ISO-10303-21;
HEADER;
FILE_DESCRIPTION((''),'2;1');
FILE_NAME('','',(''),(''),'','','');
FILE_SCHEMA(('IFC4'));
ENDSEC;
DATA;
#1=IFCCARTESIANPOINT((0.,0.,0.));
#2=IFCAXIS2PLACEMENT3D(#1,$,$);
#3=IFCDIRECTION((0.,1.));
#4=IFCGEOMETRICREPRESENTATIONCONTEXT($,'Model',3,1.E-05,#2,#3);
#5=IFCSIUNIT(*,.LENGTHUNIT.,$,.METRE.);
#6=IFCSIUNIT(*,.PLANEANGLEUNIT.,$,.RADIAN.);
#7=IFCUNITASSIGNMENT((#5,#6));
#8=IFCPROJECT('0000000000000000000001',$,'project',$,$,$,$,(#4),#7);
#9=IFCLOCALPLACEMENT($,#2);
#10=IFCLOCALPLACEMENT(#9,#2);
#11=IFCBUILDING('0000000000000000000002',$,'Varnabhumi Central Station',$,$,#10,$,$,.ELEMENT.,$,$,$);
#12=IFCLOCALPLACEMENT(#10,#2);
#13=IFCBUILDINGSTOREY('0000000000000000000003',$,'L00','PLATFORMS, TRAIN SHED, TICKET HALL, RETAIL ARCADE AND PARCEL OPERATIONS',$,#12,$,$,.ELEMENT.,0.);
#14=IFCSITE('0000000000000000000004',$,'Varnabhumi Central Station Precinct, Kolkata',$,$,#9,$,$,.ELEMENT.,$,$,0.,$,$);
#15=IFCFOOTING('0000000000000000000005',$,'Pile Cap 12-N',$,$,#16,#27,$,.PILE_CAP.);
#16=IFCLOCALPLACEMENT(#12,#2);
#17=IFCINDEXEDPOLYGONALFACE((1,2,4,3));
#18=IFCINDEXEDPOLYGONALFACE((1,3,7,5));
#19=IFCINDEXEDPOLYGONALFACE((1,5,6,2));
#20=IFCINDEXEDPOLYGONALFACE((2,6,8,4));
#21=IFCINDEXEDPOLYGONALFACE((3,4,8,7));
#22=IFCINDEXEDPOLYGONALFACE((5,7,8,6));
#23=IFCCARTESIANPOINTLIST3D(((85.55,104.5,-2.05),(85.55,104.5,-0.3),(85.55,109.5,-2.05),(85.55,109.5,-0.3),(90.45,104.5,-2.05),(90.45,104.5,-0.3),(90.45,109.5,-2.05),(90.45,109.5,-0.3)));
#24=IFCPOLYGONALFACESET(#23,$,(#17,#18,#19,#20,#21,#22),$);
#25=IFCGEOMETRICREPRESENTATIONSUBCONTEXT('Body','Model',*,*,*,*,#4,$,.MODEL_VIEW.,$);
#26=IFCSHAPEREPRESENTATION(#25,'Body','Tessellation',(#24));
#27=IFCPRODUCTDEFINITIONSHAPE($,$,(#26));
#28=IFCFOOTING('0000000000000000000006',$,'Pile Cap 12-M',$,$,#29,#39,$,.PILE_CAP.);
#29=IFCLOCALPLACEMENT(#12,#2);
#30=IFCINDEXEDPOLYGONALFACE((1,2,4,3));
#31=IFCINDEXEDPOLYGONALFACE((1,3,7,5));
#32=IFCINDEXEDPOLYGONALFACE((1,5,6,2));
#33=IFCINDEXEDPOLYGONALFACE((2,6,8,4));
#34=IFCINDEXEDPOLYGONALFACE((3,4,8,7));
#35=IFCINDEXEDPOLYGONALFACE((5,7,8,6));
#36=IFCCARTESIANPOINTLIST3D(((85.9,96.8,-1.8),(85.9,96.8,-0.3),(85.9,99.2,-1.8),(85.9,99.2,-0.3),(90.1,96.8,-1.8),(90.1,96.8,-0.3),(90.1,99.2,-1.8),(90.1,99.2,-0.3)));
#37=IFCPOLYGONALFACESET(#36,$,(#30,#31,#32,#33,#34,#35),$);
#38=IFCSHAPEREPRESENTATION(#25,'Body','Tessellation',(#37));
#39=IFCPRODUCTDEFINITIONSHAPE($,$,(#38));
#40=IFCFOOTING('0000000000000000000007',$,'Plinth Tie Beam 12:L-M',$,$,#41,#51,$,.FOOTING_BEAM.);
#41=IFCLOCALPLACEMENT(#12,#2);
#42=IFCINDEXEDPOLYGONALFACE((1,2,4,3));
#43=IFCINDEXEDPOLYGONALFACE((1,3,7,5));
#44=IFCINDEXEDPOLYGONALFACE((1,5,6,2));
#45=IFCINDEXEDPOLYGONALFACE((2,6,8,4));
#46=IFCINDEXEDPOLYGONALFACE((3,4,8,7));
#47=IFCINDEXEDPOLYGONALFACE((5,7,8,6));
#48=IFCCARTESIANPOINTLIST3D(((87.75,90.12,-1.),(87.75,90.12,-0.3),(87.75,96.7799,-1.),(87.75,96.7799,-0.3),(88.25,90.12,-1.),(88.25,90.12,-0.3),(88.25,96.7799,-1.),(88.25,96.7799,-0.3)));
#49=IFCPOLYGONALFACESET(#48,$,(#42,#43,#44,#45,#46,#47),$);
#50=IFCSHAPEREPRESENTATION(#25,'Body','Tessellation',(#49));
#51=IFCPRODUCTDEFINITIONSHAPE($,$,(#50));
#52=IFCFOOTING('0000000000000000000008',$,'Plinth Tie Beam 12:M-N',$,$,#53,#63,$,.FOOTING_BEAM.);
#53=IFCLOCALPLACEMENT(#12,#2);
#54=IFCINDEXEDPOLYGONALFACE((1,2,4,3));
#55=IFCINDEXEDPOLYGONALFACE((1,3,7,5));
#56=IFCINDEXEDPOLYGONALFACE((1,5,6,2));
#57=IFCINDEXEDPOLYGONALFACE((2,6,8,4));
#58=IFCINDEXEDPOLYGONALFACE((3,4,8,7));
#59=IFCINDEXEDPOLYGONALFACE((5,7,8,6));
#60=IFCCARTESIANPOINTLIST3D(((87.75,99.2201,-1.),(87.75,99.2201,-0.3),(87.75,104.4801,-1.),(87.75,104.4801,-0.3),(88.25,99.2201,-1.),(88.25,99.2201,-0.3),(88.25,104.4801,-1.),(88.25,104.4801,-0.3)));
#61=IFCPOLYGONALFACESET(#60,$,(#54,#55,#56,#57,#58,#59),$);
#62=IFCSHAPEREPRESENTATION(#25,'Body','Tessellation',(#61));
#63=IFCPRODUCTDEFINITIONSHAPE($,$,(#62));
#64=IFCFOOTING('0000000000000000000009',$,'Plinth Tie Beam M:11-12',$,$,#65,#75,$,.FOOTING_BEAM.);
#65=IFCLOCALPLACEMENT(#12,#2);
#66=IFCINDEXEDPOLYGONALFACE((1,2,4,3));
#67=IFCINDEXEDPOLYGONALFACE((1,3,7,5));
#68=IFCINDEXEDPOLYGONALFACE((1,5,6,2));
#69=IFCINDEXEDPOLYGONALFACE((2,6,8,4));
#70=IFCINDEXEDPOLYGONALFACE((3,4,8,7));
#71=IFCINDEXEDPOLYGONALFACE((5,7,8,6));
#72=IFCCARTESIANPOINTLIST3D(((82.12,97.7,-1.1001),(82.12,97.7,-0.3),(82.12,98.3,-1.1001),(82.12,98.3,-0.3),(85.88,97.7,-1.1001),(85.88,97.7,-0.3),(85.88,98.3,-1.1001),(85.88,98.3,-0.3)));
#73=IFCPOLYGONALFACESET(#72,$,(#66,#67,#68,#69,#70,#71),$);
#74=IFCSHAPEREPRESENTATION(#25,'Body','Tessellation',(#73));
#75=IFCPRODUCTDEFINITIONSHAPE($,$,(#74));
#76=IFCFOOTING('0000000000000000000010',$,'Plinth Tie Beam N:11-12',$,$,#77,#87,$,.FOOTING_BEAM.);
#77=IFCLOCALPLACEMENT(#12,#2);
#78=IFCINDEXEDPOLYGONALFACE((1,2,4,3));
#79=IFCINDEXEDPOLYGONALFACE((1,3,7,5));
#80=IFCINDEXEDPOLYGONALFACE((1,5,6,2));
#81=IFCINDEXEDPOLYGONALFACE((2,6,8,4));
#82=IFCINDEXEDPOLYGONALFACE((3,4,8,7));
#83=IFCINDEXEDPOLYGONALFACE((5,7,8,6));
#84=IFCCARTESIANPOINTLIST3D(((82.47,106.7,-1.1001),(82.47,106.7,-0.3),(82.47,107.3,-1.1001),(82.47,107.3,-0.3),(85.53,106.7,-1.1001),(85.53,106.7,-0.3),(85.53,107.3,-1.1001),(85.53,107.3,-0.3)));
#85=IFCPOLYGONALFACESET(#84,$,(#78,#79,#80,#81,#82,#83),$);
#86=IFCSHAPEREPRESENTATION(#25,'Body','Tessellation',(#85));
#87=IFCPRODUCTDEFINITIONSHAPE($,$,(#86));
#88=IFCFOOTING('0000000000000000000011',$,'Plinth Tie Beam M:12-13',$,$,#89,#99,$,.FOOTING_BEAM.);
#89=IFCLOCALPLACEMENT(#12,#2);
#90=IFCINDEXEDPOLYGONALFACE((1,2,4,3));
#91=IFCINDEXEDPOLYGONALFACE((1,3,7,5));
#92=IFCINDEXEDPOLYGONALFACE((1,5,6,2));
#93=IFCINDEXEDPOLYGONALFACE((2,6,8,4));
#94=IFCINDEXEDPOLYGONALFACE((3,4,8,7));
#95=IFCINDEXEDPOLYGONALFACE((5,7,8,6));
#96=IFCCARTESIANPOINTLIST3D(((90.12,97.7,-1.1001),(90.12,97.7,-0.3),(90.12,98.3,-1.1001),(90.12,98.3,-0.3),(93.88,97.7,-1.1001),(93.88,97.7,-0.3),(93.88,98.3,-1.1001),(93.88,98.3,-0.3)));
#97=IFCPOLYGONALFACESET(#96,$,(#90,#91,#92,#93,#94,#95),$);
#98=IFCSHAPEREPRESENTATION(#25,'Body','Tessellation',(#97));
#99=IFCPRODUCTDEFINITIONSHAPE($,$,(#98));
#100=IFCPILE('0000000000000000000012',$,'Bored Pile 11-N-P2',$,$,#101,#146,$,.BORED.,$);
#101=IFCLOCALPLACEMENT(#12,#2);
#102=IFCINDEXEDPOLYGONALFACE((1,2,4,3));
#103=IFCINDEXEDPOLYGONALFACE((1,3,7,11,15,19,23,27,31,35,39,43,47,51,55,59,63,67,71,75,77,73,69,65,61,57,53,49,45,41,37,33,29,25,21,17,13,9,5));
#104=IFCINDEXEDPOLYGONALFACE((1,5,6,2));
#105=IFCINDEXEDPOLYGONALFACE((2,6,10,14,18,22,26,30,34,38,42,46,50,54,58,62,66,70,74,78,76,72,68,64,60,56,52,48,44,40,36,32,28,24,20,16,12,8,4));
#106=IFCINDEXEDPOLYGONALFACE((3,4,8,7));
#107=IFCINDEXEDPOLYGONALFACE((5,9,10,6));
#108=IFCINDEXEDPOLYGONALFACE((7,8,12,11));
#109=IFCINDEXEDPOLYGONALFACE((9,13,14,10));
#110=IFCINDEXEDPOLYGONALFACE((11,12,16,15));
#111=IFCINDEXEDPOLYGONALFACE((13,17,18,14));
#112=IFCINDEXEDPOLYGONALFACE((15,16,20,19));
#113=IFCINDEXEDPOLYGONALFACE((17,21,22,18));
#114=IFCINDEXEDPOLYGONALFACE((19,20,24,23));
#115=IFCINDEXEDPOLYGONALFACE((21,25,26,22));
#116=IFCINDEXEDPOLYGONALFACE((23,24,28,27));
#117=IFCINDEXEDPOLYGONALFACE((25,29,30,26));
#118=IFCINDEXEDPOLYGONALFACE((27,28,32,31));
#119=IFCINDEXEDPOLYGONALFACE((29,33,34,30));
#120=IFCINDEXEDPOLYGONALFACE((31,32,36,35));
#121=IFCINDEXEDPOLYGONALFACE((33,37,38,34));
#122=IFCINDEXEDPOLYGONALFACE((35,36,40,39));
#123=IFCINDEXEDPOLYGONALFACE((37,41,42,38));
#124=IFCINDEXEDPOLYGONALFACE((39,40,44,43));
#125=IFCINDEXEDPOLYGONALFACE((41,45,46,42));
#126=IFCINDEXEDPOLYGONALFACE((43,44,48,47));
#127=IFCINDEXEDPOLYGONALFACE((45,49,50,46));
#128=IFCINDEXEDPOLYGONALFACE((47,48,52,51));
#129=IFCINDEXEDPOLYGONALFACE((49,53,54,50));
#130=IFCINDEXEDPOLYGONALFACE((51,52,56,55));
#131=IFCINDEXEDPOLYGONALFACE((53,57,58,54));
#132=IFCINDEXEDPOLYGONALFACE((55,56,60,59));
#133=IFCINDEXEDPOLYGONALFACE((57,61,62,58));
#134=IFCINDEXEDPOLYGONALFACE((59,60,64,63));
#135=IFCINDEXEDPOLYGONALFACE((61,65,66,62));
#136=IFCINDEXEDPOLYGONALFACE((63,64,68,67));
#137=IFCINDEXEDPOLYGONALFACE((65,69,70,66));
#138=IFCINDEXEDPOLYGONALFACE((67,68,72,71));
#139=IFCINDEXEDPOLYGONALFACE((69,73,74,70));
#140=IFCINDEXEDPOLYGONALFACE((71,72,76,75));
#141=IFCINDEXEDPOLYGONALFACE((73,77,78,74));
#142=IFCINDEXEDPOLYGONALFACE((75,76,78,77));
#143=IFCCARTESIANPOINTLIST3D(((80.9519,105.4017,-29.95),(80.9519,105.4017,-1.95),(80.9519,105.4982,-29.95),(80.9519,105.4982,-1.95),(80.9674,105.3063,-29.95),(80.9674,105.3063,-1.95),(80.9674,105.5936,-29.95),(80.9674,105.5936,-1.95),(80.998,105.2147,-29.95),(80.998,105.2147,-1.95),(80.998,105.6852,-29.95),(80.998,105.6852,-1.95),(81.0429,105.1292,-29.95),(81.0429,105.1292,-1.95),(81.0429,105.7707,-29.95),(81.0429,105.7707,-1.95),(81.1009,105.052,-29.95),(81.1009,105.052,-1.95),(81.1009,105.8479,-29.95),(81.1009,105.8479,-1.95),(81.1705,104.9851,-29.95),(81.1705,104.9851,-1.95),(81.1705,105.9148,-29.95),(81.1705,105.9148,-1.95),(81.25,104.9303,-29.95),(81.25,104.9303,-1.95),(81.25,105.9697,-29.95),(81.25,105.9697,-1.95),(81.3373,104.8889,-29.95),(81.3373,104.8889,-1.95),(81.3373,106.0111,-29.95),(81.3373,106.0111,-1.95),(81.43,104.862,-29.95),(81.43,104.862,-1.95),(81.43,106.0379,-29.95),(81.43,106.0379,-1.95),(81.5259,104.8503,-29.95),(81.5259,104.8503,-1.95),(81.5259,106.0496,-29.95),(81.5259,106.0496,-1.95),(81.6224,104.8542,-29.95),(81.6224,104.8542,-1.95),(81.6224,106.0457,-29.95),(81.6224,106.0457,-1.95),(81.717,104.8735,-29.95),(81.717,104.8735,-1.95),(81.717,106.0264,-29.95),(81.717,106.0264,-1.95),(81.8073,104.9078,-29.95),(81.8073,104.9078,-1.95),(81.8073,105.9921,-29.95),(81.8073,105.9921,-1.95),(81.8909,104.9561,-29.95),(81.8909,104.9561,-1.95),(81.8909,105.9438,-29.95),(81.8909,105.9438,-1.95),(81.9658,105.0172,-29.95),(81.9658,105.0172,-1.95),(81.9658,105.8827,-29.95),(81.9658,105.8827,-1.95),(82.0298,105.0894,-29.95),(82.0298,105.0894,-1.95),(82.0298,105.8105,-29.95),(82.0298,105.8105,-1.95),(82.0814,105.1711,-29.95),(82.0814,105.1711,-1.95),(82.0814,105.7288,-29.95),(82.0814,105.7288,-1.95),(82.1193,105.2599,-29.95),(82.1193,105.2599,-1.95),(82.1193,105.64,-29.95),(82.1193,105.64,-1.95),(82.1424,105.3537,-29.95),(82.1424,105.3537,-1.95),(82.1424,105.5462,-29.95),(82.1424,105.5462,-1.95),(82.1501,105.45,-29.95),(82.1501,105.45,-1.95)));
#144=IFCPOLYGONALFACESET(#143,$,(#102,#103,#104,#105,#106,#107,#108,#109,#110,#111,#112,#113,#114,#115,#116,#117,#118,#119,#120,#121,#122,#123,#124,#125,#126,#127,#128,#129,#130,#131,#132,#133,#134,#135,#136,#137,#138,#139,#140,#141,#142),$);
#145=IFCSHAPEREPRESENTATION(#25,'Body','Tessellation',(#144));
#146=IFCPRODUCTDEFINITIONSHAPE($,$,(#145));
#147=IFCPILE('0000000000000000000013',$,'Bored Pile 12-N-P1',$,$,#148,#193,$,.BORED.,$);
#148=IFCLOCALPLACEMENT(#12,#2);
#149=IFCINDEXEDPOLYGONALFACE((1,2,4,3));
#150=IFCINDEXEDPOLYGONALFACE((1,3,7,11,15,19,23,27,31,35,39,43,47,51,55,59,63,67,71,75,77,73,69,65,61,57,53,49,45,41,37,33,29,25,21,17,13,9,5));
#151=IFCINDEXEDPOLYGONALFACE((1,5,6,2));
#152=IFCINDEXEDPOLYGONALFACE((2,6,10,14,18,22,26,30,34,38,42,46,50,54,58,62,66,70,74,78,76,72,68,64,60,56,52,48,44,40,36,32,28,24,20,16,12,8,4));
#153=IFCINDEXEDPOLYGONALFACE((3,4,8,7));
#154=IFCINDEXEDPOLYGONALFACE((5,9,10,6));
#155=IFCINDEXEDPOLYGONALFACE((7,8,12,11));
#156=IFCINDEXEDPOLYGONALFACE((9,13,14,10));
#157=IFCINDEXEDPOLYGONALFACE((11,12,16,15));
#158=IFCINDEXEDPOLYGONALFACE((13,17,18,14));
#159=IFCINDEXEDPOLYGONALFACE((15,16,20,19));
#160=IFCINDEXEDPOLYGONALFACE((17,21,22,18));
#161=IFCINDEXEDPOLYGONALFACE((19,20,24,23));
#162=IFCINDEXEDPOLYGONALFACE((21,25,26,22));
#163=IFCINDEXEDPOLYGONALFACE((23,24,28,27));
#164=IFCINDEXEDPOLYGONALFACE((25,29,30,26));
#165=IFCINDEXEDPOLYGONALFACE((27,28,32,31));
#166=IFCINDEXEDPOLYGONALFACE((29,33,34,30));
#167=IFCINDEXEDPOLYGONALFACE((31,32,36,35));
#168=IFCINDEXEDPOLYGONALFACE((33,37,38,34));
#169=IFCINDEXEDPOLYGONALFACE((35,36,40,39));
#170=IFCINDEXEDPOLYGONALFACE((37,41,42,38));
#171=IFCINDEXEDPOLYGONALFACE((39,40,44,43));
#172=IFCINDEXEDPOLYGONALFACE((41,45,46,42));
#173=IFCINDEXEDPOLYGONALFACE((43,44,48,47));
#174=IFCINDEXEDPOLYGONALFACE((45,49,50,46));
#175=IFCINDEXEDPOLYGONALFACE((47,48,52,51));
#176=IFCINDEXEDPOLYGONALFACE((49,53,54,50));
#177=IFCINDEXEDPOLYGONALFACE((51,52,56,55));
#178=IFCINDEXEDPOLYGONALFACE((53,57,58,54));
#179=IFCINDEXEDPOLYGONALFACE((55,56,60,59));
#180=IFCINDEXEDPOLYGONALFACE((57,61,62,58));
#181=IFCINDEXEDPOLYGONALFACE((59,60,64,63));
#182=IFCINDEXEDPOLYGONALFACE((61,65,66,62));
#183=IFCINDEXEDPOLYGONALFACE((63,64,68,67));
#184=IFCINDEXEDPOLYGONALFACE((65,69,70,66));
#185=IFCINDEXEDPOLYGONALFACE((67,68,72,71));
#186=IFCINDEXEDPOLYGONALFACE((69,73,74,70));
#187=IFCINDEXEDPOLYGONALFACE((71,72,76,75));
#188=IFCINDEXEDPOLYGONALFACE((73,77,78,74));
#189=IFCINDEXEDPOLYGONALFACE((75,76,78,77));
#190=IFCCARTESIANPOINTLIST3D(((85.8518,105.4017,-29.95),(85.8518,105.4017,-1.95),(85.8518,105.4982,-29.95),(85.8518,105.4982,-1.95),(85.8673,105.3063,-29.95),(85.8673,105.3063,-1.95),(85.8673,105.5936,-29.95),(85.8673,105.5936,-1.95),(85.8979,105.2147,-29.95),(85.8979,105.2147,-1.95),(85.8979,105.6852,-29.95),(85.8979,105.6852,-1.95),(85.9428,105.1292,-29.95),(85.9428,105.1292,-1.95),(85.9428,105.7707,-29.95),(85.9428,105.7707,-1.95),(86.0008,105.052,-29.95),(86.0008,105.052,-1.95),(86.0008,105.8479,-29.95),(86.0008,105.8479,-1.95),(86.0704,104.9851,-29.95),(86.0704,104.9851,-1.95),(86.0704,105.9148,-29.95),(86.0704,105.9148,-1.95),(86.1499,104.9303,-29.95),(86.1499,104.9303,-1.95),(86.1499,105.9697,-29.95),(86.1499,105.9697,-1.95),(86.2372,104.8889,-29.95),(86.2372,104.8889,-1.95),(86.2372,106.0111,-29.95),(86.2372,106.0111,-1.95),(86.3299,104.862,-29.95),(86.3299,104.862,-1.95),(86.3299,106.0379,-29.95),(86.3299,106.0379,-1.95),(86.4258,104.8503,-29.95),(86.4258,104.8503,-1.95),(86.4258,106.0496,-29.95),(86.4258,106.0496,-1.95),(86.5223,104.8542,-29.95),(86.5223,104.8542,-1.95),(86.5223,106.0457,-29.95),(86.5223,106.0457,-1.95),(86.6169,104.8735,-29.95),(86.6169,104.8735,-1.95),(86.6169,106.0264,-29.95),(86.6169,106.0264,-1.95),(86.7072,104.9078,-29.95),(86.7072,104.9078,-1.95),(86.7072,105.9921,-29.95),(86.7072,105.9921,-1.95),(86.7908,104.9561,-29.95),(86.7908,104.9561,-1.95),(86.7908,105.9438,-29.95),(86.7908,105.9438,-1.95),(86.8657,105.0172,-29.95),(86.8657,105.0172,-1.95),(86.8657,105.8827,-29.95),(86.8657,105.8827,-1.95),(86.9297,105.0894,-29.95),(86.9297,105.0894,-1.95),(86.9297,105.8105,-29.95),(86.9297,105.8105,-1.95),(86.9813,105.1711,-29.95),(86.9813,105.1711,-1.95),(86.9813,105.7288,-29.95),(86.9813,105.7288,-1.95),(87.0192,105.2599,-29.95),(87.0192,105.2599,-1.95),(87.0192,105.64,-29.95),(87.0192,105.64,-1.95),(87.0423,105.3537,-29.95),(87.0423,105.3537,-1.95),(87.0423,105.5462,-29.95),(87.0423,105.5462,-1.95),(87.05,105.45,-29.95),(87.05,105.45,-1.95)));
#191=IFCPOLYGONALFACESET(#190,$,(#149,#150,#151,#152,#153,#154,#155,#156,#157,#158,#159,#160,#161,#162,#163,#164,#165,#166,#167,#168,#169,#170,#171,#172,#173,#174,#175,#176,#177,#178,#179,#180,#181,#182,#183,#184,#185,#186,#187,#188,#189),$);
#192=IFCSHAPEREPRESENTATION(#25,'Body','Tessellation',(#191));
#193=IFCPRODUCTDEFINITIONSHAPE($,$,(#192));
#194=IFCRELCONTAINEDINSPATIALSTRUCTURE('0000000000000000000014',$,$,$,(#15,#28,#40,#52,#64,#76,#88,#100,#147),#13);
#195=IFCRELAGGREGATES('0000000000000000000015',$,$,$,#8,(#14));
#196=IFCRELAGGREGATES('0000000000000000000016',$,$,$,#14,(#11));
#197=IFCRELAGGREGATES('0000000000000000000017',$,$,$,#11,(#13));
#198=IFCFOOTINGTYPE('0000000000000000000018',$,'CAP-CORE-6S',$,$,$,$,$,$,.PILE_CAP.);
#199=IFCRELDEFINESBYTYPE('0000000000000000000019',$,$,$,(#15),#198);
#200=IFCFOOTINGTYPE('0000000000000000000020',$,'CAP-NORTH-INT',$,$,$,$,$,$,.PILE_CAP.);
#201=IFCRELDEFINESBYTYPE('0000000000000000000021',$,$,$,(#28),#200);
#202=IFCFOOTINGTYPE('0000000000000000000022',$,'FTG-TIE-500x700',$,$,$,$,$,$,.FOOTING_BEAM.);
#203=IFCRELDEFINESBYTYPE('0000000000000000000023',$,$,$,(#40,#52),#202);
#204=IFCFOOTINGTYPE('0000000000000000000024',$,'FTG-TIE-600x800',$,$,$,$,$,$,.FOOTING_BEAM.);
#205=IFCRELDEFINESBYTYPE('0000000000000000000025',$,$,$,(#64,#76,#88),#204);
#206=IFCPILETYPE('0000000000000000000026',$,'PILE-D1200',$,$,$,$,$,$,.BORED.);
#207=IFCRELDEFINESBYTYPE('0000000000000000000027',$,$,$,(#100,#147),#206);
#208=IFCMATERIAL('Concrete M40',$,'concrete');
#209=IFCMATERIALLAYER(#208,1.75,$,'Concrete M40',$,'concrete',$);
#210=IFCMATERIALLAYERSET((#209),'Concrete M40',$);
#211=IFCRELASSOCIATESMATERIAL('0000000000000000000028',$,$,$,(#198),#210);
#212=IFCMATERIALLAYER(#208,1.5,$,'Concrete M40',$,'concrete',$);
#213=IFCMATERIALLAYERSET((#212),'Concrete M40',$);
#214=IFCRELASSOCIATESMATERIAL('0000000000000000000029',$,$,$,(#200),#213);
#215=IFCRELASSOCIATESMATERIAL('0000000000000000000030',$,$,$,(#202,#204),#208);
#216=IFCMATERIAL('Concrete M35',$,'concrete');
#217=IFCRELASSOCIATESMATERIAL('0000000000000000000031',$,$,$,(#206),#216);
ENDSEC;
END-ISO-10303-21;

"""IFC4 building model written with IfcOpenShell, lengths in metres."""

from ifc_helpers import new_model, si_unit, direction, frame, origin, origin_2d, place, context, subcontext, project, spatial, rectangle, circle, extrude, material, layer, layer_set, material_profile, profile_set, type_object, element, save


model = new_model("IFC4")

# Units and contexts
model_context = context("Model", 3, precision=1e-05, world=origin(), true_north=direction((0.0, 1.0)))
body_context = subcontext(model_context, "Body", "Model", "MODEL_VIEW")
ifc_project = project(units=[si_unit("LENGTHUNIT", "METRE"), si_unit("PLANEANGLEUNIT", "RADIAN")], contexts=[model_context])

# Site, building, storey
site_placement = place(None, origin())
site = spatial("IfcSite", under=ifc_project, at=site_placement, Name="Varnabhumi Central Station Precinct, Kolkata", CompositionType="ELEMENT", RefElevation=0.0)
building_placement = place(site_placement, origin())
building = spatial("IfcBuilding", under=site, at=building_placement, Name="Varnabhumi Central Station", CompositionType="ELEMENT")
storey_placement = place(building_placement, origin())
storey = spatial("IfcBuildingStorey", under=building, at=storey_placement, Name="L00", Description="PLATFORMS, TRAIN SHED, TICKET HALL, RETAIL ARCADE AND PARCEL OPERATIONS", CompositionType="ELEMENT", Elevation=0.0)

# Footings
ifc_material_1 = material(Name="Concrete M40", Category="concrete")
ifc_layer_1 = layer(ifc_material_1, 1.75, Name="Concrete M40", Category="concrete")
ifc_layer_set_1 = layer_set([ifc_layer_1], Name="Concrete M40")
footing_type_1 = type_object("IfcFootingType", Name="CAP-CORE-6S", PredefinedType="PILE_CAP", material=ifc_layer_set_1)
footing_1_placement = place(storey_placement, frame((88.0, 107.0, -2.05), z_axis=(0.0, 0.0, 1.0), x_axis=(1.0, 0.0, 0.0)))
element("IfcFooting", 1, at=footing_1_placement, inside=storey, type_object=footing_type_1, Name="Pile Cap 12-N", PredefinedType="PILE_CAP", context=body_context, shape_type="SweptSolid", body=[
    extrude(rectangle(XDim=4.8999, YDim=5.0, at=origin_2d()), origin(), (0.0, 0.0, 1.0), 1.75),
])
ifc_layer_2 = layer(ifc_material_1, 1.5, Name="Concrete M40", Category="concrete")
ifc_layer_set_2 = layer_set([ifc_layer_2], Name="Concrete M40")
footing_type_2 = type_object("IfcFootingType", Name="CAP-NORTH-INT", PredefinedType="PILE_CAP", material=ifc_layer_set_2)
footing_2_placement = place(storey_placement, frame((88.0, 98.0, -1.8), z_axis=(0.0, 0.0, 1.0), x_axis=(1.0, 0.0, 0.0)))
element("IfcFooting", 2, at=footing_2_placement, inside=storey, type_object=footing_type_2, Name="Pile Cap 12-M", PredefinedType="PILE_CAP", context=body_context, shape_type="SweptSolid", body=[
    extrude(rectangle(XDim=4.2, YDim=2.3999, at=origin_2d()), origin(), (0.0, 0.0, 1.0), 1.5),
])
footing_type_3 = type_object("IfcFootingType", Name="FTG-TIE-500x700", PredefinedType="FOOTING_BEAM", material=ifc_material_1)
footing_3_placement = place(storey_placement, frame((88.0, 93.45, -1.0), z_axis=(0.0, 0.0, 1.0), x_axis=(1.0, 0.0, 0.0)))
element("IfcFooting", 3, at=footing_3_placement, inside=storey, type_object=footing_type_3, Name="Plinth Tie Beam 12:L-M", PredefinedType="FOOTING_BEAM", context=body_context, shape_type="SweptSolid", body=[
    extrude(rectangle(XDim=0.5, YDim=6.6599, at=origin_2d()), origin(), (0.0, 0.0, 1.0), 0.7),
])
footing_4_placement = place(storey_placement, frame((88.0, 101.8501, -1.0), z_axis=(0.0, 0.0, 1.0), x_axis=(1.0, 0.0, 0.0)))
element("IfcFooting", 4, at=footing_4_placement, inside=storey, type_object=footing_type_3, Name="Plinth Tie Beam 12:M-N", PredefinedType="FOOTING_BEAM", context=body_context, shape_type="SweptSolid", body=[
    extrude(rectangle(XDim=0.5, YDim=5.26, at=origin_2d()), origin(), (0.0, 0.0, 1.0), 0.7),
])
footing_type_4 = type_object("IfcFootingType", Name="FTG-TIE-600x800", PredefinedType="FOOTING_BEAM", material=ifc_material_1)
footing_5_placement = place(storey_placement, frame((84.0, 98.0, -1.1001), z_axis=(0.0, 0.0, 1.0), x_axis=(1.0, 0.0, 0.0)))
element("IfcFooting", 5, at=footing_5_placement, inside=storey, type_object=footing_type_4, Name="Plinth Tie Beam M:11-12", PredefinedType="FOOTING_BEAM", context=body_context, shape_type="SweptSolid", body=[
    extrude(rectangle(XDim=3.76, YDim=0.6001, at=origin_2d()), origin(), (0.0, 0.0, 1.0), 0.8),
])
footing_6_placement = place(storey_placement, frame((84.0, 107.0, -1.1001), z_axis=(0.0, 0.0, 1.0), x_axis=(1.0, 0.0, 0.0)))
element("IfcFooting", 6, at=footing_6_placement, inside=storey, type_object=footing_type_4, Name="Plinth Tie Beam N:11-12", PredefinedType="FOOTING_BEAM", context=body_context, shape_type="SweptSolid", body=[
    extrude(rectangle(XDim=3.0601, YDim=0.6001, at=origin_2d()), origin(), (0.0, 0.0, 1.0), 0.8),
])
footing_7_placement = place(storey_placement, frame((92.0, 98.0, -1.1001), z_axis=(0.0, 0.0, 1.0), x_axis=(1.0, 0.0, 0.0)))
element("IfcFooting", 7, at=footing_7_placement, inside=storey, type_object=footing_type_4, Name="Plinth Tie Beam M:12-13", PredefinedType="FOOTING_BEAM", context=body_context, shape_type="SweptSolid", body=[
    extrude(rectangle(XDim=3.76, YDim=0.6001, at=origin_2d()), origin(), (0.0, 0.0, 1.0), 0.8),
])

# Piles
ifc_material_2 = material(Name="Concrete M35", Category="concrete")
ifc_material_profile_1 = material_profile(ifc_material_2, circle(Radius=0.6001, at=origin_2d()), Name="Concrete M35", Category="concrete")
ifc_profile_set_1 = profile_set([ifc_material_profile_1], Name="Concrete M35")
pile_type_1 = type_object("IfcPileType", Name="PILE-D1200", PredefinedType="BORED", material=ifc_profile_set_1)
for number, where, z_axis, x_axis, name in (
    (8, (81.55, 105.45, -1.95), (0.0, 0.0, -1.0), (1.0, 0.0, 0.0), "Bored Pile 11-N-P2"),
    (9, (86.45, 105.45, -1.95), (0.0, 0.0, -1.0), (1.0, 0.0, 0.0), "Bored Pile 12-N-P1"),
):
    element("IfcPile", number, at=place(storey_placement, frame(where, z_axis=z_axis, x_axis=x_axis)), inside=storey, type_object=pile_type_1, Name=name, PredefinedType="BORED", context=body_context, shape_type="SweptSolid", body=[
        extrude(circle(Radius=0.6001, at=origin_2d()), origin(), (0.0, 0.0, 1.0), 28.0),
    ])

save(model, "model.ifc")
